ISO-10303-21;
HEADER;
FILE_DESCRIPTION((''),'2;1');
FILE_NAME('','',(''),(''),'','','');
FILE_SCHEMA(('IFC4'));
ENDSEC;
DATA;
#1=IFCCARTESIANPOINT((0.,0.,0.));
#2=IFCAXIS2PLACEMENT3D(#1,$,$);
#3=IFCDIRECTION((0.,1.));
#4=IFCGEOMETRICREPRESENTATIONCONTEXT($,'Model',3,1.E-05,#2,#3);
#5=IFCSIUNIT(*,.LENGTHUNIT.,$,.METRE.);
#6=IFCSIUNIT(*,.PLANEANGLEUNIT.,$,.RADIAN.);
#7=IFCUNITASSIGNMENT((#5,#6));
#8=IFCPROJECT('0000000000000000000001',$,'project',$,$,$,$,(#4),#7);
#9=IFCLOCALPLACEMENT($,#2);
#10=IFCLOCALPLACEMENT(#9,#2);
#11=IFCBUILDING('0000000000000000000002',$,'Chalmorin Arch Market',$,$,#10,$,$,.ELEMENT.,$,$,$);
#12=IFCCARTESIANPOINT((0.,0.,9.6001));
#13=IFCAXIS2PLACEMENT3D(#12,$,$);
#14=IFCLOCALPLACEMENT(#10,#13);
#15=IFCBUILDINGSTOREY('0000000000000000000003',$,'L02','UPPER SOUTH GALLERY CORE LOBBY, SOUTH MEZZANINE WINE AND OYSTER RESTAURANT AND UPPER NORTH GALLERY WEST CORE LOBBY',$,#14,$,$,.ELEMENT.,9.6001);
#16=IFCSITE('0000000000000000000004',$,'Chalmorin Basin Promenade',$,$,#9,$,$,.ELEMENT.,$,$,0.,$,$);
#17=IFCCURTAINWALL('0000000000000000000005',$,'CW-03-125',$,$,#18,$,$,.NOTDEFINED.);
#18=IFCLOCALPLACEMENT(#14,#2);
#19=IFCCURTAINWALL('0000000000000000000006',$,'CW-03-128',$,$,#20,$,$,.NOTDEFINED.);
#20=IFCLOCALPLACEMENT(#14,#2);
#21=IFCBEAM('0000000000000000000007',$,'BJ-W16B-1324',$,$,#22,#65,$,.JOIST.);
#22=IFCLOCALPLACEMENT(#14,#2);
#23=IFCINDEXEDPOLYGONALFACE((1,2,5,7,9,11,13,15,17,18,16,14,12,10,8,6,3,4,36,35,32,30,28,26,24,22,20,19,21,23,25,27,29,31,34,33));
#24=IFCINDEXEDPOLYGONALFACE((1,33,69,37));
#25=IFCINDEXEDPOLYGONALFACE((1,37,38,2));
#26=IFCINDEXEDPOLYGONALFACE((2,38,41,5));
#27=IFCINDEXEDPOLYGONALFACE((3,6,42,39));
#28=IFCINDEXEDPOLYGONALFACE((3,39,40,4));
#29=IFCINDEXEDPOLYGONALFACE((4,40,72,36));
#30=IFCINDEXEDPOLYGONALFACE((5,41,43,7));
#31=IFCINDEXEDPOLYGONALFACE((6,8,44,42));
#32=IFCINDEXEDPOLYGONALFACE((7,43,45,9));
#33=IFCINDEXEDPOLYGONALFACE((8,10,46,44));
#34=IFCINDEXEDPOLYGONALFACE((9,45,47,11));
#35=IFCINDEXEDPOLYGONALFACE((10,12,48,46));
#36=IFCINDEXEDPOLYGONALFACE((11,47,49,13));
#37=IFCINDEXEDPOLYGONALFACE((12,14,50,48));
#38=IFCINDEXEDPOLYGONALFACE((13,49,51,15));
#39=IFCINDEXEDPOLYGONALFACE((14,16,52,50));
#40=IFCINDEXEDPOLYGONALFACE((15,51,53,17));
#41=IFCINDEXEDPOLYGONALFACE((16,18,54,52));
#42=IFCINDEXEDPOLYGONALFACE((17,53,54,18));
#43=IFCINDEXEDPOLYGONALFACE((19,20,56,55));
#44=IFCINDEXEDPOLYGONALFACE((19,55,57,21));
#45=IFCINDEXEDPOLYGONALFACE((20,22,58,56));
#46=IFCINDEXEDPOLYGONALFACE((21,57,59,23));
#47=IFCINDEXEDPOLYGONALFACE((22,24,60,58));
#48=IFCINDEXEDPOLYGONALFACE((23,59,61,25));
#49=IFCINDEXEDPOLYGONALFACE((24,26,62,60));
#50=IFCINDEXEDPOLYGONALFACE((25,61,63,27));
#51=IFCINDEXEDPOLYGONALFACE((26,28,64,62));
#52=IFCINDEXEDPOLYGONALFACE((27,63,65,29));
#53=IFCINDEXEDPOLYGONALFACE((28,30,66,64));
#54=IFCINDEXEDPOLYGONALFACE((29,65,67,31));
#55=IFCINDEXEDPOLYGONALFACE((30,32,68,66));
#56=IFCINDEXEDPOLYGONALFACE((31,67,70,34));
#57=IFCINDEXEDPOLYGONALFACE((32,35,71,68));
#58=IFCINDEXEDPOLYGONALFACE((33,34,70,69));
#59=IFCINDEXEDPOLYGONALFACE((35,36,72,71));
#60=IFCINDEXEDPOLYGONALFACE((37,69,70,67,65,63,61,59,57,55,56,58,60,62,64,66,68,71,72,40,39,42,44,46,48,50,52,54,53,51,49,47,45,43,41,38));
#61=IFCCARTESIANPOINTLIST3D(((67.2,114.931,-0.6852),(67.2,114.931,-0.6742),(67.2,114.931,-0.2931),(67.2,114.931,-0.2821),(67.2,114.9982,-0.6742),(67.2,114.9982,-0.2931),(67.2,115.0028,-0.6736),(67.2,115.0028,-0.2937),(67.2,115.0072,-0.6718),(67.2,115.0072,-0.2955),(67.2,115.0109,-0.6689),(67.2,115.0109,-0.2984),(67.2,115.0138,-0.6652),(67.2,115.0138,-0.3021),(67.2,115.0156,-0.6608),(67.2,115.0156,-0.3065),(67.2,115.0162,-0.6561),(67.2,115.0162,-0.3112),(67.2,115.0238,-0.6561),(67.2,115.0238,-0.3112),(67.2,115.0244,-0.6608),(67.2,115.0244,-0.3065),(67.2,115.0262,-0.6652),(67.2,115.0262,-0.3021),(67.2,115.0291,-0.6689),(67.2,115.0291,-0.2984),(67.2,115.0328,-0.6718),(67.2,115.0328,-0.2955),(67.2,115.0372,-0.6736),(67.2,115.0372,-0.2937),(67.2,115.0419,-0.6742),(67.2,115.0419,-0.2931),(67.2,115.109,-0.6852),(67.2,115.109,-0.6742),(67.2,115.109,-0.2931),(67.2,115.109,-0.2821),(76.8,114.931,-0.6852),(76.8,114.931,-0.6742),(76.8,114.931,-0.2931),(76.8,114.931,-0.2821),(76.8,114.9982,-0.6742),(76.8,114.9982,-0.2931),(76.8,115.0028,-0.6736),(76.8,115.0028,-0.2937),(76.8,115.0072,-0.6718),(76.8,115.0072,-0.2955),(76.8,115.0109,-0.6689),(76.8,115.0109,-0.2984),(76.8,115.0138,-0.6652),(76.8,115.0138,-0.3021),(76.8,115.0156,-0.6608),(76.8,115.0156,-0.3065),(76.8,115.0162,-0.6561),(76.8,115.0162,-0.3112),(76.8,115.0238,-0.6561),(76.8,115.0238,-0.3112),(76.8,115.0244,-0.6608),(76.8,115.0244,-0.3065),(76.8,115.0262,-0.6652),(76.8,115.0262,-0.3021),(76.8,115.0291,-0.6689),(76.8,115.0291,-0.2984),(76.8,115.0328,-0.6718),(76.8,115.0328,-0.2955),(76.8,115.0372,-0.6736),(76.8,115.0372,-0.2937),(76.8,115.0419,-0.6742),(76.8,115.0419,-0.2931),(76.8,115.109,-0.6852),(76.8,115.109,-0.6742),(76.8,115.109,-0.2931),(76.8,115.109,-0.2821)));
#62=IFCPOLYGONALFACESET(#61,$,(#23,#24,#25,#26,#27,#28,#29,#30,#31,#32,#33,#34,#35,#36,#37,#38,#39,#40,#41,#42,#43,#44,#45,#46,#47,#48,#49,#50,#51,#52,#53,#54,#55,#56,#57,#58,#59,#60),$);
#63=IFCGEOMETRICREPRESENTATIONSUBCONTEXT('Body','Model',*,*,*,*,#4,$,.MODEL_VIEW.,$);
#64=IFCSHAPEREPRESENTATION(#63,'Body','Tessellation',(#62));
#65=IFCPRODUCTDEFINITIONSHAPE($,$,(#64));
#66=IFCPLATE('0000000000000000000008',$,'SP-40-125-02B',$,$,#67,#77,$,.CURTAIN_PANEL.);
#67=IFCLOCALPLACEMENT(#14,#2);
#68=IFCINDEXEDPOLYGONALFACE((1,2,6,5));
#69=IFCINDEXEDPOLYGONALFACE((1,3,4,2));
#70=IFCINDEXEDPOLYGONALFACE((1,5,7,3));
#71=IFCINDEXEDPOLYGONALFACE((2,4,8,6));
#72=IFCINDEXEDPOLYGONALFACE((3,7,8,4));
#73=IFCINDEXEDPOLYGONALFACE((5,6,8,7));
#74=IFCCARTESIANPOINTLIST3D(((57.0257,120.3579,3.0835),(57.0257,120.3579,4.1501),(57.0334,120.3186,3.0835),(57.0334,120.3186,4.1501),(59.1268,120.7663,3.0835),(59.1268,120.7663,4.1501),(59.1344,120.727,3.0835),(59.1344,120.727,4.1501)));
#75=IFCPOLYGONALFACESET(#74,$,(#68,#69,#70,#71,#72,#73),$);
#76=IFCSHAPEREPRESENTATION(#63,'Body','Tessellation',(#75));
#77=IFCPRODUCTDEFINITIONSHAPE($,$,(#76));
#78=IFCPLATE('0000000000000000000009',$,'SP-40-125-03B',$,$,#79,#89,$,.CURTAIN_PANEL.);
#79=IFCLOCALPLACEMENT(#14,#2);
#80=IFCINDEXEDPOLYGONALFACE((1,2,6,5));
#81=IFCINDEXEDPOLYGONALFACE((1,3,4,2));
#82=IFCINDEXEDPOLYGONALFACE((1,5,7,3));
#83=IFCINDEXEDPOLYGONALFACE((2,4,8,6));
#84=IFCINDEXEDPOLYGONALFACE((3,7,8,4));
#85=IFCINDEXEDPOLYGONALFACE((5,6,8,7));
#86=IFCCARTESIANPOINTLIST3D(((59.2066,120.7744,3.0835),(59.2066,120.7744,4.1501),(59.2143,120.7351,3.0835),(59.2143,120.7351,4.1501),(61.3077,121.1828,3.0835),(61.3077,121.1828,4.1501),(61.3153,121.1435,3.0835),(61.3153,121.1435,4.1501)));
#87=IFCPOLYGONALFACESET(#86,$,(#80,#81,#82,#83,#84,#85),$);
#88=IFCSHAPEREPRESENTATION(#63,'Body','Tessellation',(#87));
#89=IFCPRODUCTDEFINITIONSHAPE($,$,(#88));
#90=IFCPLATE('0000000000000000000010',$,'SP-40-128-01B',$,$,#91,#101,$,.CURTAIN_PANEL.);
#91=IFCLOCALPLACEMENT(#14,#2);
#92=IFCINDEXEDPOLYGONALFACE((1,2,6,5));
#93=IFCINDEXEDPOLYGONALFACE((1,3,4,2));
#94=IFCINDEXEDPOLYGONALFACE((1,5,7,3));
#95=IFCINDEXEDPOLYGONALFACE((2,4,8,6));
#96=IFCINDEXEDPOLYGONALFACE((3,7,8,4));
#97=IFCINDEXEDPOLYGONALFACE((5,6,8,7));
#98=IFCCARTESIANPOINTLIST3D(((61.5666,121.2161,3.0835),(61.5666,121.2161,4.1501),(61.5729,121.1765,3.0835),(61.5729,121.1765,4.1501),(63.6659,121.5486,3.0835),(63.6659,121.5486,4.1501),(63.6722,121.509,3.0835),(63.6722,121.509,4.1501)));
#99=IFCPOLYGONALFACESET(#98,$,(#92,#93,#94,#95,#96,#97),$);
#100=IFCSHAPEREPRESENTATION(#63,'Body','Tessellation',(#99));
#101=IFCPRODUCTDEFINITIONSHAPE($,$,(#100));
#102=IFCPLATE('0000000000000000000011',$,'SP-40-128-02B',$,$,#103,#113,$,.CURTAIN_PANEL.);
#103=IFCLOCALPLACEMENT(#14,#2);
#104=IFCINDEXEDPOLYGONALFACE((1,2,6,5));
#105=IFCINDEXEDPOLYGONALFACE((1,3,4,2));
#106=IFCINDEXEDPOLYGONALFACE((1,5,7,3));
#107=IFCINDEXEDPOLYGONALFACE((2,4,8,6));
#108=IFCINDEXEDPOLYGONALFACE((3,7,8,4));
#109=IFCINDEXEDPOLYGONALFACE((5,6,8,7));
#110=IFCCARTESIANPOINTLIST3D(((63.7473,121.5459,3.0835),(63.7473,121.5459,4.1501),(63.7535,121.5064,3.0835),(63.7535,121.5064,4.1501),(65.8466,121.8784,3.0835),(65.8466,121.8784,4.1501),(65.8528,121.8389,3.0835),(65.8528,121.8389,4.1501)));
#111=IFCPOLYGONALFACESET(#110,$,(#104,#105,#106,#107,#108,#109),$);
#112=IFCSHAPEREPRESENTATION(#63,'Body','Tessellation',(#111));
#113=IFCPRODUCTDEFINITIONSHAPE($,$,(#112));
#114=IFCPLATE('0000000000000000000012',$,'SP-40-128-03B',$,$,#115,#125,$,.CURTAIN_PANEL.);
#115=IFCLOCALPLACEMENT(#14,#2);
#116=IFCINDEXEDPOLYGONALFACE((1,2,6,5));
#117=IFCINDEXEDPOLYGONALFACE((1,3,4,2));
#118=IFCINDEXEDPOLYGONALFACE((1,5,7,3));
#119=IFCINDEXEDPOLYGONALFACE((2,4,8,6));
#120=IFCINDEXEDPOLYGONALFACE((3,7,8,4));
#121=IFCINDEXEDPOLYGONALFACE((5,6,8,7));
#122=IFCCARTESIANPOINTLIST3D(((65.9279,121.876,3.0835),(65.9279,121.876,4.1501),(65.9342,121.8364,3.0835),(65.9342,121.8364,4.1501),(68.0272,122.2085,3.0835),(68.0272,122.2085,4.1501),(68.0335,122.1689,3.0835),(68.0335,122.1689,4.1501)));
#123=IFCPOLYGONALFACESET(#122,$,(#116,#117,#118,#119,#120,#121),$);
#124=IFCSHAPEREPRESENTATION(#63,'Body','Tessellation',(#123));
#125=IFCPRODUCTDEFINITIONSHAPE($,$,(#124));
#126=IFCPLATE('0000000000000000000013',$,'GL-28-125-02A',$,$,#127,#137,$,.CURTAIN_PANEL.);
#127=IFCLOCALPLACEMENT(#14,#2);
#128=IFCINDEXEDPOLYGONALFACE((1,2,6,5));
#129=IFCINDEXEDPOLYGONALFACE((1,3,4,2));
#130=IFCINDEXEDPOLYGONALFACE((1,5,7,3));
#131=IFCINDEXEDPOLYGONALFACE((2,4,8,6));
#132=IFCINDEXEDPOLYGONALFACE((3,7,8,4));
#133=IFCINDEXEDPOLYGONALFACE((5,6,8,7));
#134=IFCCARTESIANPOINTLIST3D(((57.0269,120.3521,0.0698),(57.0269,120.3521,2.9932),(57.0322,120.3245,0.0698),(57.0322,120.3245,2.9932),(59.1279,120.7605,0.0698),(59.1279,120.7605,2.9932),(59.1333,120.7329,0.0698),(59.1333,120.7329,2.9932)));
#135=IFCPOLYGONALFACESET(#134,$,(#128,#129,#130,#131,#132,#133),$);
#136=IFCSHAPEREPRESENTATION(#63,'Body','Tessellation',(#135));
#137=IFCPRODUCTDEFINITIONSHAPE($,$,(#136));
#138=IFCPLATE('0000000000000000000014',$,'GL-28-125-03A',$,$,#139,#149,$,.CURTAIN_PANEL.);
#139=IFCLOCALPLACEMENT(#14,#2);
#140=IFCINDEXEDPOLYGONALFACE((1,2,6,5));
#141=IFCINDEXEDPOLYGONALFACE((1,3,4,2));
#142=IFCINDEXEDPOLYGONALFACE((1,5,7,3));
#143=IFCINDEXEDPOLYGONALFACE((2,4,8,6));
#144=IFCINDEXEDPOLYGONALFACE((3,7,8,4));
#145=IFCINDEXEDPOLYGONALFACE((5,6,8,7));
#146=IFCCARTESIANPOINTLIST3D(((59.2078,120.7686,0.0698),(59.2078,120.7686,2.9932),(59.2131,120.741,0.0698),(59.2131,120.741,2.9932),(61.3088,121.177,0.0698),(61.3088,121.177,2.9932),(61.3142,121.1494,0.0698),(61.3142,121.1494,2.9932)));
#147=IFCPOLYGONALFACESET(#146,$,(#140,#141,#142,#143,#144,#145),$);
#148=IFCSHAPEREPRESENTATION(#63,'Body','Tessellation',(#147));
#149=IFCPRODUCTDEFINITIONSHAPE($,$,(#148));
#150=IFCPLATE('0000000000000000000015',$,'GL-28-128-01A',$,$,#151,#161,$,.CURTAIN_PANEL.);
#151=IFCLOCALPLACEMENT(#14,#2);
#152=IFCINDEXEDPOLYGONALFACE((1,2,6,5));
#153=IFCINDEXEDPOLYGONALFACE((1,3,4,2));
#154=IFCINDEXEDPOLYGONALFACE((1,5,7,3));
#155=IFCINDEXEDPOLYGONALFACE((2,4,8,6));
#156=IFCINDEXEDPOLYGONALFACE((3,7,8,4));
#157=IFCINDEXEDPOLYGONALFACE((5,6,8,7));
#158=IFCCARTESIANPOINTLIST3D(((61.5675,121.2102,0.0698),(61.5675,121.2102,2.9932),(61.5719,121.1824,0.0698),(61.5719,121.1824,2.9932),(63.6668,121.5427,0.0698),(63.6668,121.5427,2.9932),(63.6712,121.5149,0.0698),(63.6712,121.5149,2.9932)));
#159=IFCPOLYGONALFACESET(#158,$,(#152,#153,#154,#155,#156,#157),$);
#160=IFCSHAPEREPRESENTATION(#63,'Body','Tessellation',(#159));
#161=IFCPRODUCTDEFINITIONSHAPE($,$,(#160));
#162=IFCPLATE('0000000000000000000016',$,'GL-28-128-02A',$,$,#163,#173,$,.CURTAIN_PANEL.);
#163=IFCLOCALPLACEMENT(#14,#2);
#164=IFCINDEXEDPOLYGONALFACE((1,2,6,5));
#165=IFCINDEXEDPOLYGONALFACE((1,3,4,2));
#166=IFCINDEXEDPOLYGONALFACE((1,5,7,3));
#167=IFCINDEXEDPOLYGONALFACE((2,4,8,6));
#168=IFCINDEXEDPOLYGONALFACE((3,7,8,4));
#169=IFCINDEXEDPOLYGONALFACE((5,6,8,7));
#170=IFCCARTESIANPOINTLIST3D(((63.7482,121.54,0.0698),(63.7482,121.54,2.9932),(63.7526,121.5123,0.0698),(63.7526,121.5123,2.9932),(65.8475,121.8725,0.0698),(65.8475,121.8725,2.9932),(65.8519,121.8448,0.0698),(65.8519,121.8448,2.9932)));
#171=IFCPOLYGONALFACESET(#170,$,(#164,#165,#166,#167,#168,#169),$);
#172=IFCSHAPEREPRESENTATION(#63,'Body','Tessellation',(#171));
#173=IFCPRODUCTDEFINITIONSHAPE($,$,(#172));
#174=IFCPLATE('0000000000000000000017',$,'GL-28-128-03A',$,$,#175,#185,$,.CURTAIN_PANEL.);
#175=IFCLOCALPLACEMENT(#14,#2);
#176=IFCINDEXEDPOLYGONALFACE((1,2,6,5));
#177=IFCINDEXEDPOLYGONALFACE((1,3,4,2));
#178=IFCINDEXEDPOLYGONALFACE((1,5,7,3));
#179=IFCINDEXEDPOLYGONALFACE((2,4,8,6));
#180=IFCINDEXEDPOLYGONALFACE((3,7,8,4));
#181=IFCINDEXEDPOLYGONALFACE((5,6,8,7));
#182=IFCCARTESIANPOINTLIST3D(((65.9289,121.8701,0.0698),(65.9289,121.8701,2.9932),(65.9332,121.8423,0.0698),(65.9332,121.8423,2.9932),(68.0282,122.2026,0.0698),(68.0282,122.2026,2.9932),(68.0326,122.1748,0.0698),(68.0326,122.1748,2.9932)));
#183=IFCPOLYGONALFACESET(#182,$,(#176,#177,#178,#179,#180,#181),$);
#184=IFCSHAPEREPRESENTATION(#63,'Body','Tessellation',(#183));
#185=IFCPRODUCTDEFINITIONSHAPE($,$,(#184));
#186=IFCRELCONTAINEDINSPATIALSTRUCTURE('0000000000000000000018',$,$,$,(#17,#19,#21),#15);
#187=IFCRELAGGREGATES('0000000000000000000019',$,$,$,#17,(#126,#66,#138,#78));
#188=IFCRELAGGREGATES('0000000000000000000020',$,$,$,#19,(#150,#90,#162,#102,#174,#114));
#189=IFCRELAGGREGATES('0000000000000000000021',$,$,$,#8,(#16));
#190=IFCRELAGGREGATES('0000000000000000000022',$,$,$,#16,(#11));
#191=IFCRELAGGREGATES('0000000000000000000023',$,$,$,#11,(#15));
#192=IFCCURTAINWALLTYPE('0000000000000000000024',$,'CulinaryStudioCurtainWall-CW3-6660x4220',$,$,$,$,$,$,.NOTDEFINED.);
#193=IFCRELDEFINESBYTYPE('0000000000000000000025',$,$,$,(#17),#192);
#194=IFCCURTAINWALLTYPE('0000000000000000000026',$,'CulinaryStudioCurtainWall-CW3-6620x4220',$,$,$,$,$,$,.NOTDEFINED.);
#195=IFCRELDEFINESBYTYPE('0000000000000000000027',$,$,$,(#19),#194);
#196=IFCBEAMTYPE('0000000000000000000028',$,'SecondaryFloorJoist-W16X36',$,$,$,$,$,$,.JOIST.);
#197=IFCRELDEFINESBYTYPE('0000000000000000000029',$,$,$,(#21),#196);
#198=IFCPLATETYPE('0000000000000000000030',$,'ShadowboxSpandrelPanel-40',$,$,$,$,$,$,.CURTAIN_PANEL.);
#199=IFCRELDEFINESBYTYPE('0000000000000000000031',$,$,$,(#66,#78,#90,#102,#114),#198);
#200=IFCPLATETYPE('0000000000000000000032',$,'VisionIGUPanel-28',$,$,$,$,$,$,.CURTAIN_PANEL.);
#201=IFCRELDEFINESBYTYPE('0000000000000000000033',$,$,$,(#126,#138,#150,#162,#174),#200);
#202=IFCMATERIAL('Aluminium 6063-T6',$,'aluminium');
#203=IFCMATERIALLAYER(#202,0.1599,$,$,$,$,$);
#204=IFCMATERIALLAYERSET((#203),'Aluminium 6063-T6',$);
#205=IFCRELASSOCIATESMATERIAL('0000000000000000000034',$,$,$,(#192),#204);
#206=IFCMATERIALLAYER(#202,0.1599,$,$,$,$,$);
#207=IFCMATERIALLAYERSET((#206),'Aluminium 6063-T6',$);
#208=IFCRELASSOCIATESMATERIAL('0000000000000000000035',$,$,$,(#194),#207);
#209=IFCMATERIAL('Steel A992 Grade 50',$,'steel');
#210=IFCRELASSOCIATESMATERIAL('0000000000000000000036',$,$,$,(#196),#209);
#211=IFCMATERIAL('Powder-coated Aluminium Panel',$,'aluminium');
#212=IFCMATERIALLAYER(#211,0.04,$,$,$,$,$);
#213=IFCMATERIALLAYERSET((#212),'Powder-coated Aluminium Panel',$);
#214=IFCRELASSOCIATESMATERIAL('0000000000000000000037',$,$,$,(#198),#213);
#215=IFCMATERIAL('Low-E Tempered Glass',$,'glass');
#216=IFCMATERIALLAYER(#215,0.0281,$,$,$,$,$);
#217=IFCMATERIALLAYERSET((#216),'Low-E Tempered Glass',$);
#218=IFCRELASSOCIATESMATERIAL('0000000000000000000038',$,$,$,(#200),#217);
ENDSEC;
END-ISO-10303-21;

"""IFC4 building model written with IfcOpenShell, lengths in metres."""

from ifc_helpers import new_model, si_unit, direction, frame, origin, origin_2d, place, context, subcontext, project, spatial, rectangle, i_section, extrude, material, layer, layer_set, material_profile, profile_set, type_object, element, aggregate, save


model = new_model("IFC4")

# Units and contexts
model_context = context("Model", 3, precision=1e-05, world=origin(), true_north=direction((0.0, 1.0)))
body_context = subcontext(model_context, "Body", "Model", "MODEL_VIEW")
ifc_project = project(units=[si_unit("LENGTHUNIT", "METRE"), si_unit("PLANEANGLEUNIT", "RADIAN")], contexts=[model_context])

# Site, building, storey
site_placement = place(None, origin())
site = spatial("IfcSite", under=ifc_project, at=site_placement, Name="Chalmorin Basin Promenade", CompositionType="ELEMENT", RefElevation=0.0)
building_placement = place(site_placement, origin())
building = spatial("IfcBuilding", under=site, at=building_placement, Name="Chalmorin Arch Market", CompositionType="ELEMENT")
storey_placement = place(building_placement, frame((0.0, 0.0, 9.6001)))
storey = spatial("IfcBuildingStorey", under=building, at=storey_placement, Name="L02", Description="UPPER SOUTH GALLERY CORE LOBBY, SOUTH MEZZANINE WINE AND OYSTER RESTAURANT AND UPPER NORTH GALLERY WEST CORE LOBBY", CompositionType="ELEMENT", Elevation=9.6001)

# Curtain walls
ifc_material_1 = material(Name="Aluminium 6063-T6", Category="aluminium")
ifc_layer_1 = layer(ifc_material_1, 0.1599)
ifc_layer_set_1 = layer_set([ifc_layer_1], Name="Aluminium 6063-T6")
curtain_wall_type_1 = type_object("IfcCurtainWallType", Name="CulinaryStudioCurtainWall-CW3-6660x4220", PredefinedType="NOTDEFINED", material=ifc_layer_set_1)
curtain_wall_1_placement = place(storey_placement, origin())
curtain_wall_1 = element("IfcCurtainWall", 1, at=curtain_wall_1_placement, inside=storey, type_object=curtain_wall_type_1, Name="CW-03-125", PredefinedType="NOTDEFINED")
ifc_layer_2 = layer(ifc_material_1, 0.1599)
ifc_layer_set_2 = layer_set([ifc_layer_2], Name="Aluminium 6063-T6")
curtain_wall_type_2 = type_object("IfcCurtainWallType", Name="CulinaryStudioCurtainWall-CW3-6620x4220", PredefinedType="NOTDEFINED", material=ifc_layer_set_2)
curtain_wall_2_placement = place(storey_placement, origin())
curtain_wall_2 = element("IfcCurtainWall", 2, at=curtain_wall_2_placement, inside=storey, type_object=curtain_wall_type_2, Name="CW-03-128", PredefinedType="NOTDEFINED")

# Beam
ifc_material_2 = material(Name="Steel A992 Grade 50", Category="steel")
ifc_material_profile_1 = material_profile(ifc_material_2, i_section(OverallWidth=0.178, OverallDepth=0.4031, WebThickness=0.0076, FlangeThickness=0.011, FilletRadius=0.0181, at=origin_2d()), Name="W16X36")
ifc_profile_set_1 = profile_set([ifc_material_profile_1], Name="Steel A992 Grade 50")
beam_type_1 = type_object("IfcBeamType", Name="SecondaryFloorJoist-W16X36", PredefinedType="JOIST", material=ifc_profile_set_1)
for number, where, z_axis, x_axis, name in (
    (3, (67.2, 115.02, -0.4836), (1.0, 0.0, 0.0), (0.0, 1.0, 0.0), "BJ-W16B-1324"),
):
    element("IfcBeam", number, at=place(storey_placement, frame(where, z_axis=z_axis, x_axis=x_axis)), inside=storey, type_object=beam_type_1, Name=name, PredefinedType="JOIST", context=body_context, shape_type="SweptSolid", body=[
        extrude(i_section(OverallWidth=0.178, OverallDepth=0.4031, WebThickness=0.0076, FlangeThickness=0.011, FilletRadius=0.0181, at=origin_2d()), origin(), (0.0, 0.0, 1.0), 9.6001),
    ])

# Plates
ifc_material_3 = material(Name="Powder-coated Aluminium Panel", Category="aluminium")
ifc_layer_3 = layer(ifc_material_3, 0.04)
ifc_layer_set_3 = layer_set([ifc_layer_3], Name="Powder-coated Aluminium Panel")
plate_type_1 = type_object("IfcPlateType", Name="ShadowboxSpandrelPanel-40", PredefinedType="CURTAIN_PANEL", material=ifc_layer_set_3)
plate_1_placement = place(storey_placement, frame((58.0801, 120.5425, 3.0835), z_axis=(0.0, 0.0, 1.0), x_axis=(0.981627, 0.190809, 0.0)))
plate_1 = element("IfcPlate", 4, at=plate_1_placement, type_object=plate_type_1, Name="SP-40-125-02B", PredefinedType="CURTAIN_PANEL", context=body_context, shape_type="SweptSolid", body=[
    extrude(rectangle(XDim=2.1404, YDim=0.04, at=origin_2d()), origin(), (0.0, 0.0, 1.0), 1.0667),
])
plate_2_placement = place(storey_placement, frame((60.261, 120.959, 3.0835), z_axis=(0.0, 0.0, 1.0), x_axis=(0.981627, 0.190809, 0.0)))
plate_2 = element("IfcPlate", 5, at=plate_2_placement, type_object=plate_type_1, Name="SP-40-125-03B", PredefinedType="CURTAIN_PANEL", context=body_context, shape_type="SweptSolid", body=[
    extrude(rectangle(XDim=2.1404, YDim=0.04, at=origin_2d()), origin(), (0.0, 0.0, 1.0), 1.0667),
])
plate_3_placement = place(storey_placement, frame((62.6194, 121.3625, 3.0835), z_axis=(0.0, 0.0, 1.0), x_axis=(0.987688, 0.156434, 0.0)))
plate_3 = element("IfcPlate", 6, at=plate_3_placement, type_object=plate_type_1, Name="SP-40-128-01B", PredefinedType="CURTAIN_PANEL", context=body_context, shape_type="SweptSolid", body=[
    extrude(rectangle(XDim=2.1255, YDim=0.04, at=origin_2d()), origin(), (0.0, 0.0, 1.0), 1.0667),
])
plate_4_placement = place(storey_placement, frame((64.8, 121.6924, 3.0835), z_axis=(0.0, 0.0, 1.0), x_axis=(0.987688, 0.156434, 0.0)))
plate_4 = element("IfcPlate", 7, at=plate_4_placement, type_object=plate_type_1, Name="SP-40-128-02B", PredefinedType="CURTAIN_PANEL", context=body_context, shape_type="SweptSolid", body=[
    extrude(rectangle(XDim=2.1255, YDim=0.04, at=origin_2d()), origin(), (0.0, 0.0, 1.0), 1.0667),
])
plate_5_placement = place(storey_placement, frame((66.9807, 122.0225, 3.0835), z_axis=(0.0, 0.0, 1.0), x_axis=(0.987688, 0.156434, 0.0)))
plate_5 = element("IfcPlate", 8, at=plate_5_placement, type_object=plate_type_1, Name="SP-40-128-03B", PredefinedType="CURTAIN_PANEL", context=body_context, shape_type="SweptSolid", body=[
    extrude(rectangle(XDim=2.1255, YDim=0.04, at=origin_2d()), origin(), (0.0, 0.0, 1.0), 1.0667),
])
ifc_material_4 = material(Name="Low-E Tempered Glass", Category="glass")
ifc_layer_4 = layer(ifc_material_4, 0.0281)
ifc_layer_set_4 = layer_set([ifc_layer_4], Name="Low-E Tempered Glass")
plate_type_2 = type_object("IfcPlateType", Name="VisionIGUPanel-28", PredefinedType="CURTAIN_PANEL", material=ifc_layer_set_4)
plate_6_placement = place(storey_placement, frame((58.0801, 120.5425, 0.0698), z_axis=(0.0, 0.0, 1.0), x_axis=(0.981627, 0.190809, 0.0)))
plate_6 = element("IfcPlate", 9, at=plate_6_placement, type_object=plate_type_2, Name="GL-28-125-02A", PredefinedType="CURTAIN_PANEL", context=body_context, shape_type="SweptSolid", body=[
    extrude(rectangle(XDim=2.1404, YDim=0.0281, at=origin_2d()), origin(), (0.0, 0.0, 1.0), 2.9233),
])
plate_7_placement = place(storey_placement, frame((60.261, 120.959, 0.0698), z_axis=(0.0, 0.0, 1.0), x_axis=(0.981627, 0.190809, 0.0)))
plate_7 = element("IfcPlate", 10, at=plate_7_placement, type_object=plate_type_2, Name="GL-28-125-03A", PredefinedType="CURTAIN_PANEL", context=body_context, shape_type="SweptSolid", body=[
    extrude(rectangle(XDim=2.1404, YDim=0.0281, at=origin_2d()), origin(), (0.0, 0.0, 1.0), 2.9233),
])
aggregate(curtain_wall_1, [plate_6, plate_1, plate_7, plate_2])
plate_8_placement = place(storey_placement, frame((62.6194, 121.3625, 0.0698), z_axis=(0.0, 0.0, 1.0), x_axis=(0.987688, 0.156434, 0.0)))
plate_8 = element("IfcPlate", 11, at=plate_8_placement, type_object=plate_type_2, Name="GL-28-128-01A", PredefinedType="CURTAIN_PANEL", context=body_context, shape_type="SweptSolid", body=[
    extrude(rectangle(XDim=2.1255, YDim=0.0281, at=origin_2d()), origin(), (0.0, 0.0, 1.0), 2.9233),
])
plate_9_placement = place(storey_placement, frame((64.8, 121.6924, 0.0698), z_axis=(0.0, 0.0, 1.0), x_axis=(0.987688, 0.156434, 0.0)))
plate_9 = element("IfcPlate", 12, at=plate_9_placement, type_object=plate_type_2, Name="GL-28-128-02A", PredefinedType="CURTAIN_PANEL", context=body_context, shape_type="SweptSolid", body=[
    extrude(rectangle(XDim=2.1255, YDim=0.0281, at=origin_2d()), origin(), (0.0, 0.0, 1.0), 2.9233),
])
plate_10_placement = place(storey_placement, frame((66.9807, 122.0225, 0.0698), z_axis=(0.0, 0.0, 1.0), x_axis=(0.987688, 0.156434, 0.0)))
plate_10 = element("IfcPlate", 13, at=plate_10_placement, type_object=plate_type_2, Name="GL-28-128-03A", PredefinedType="CURTAIN_PANEL", context=body_context, shape_type="SweptSolid", body=[
    extrude(rectangle(XDim=2.1255, YDim=0.0281, at=origin_2d()), origin(), (0.0, 0.0, 1.0), 2.9233),
])
aggregate(curtain_wall_2, [plate_8, plate_3, plate_9, plate_4, plate_10, plate_5])

save(model, "model.ifc")
